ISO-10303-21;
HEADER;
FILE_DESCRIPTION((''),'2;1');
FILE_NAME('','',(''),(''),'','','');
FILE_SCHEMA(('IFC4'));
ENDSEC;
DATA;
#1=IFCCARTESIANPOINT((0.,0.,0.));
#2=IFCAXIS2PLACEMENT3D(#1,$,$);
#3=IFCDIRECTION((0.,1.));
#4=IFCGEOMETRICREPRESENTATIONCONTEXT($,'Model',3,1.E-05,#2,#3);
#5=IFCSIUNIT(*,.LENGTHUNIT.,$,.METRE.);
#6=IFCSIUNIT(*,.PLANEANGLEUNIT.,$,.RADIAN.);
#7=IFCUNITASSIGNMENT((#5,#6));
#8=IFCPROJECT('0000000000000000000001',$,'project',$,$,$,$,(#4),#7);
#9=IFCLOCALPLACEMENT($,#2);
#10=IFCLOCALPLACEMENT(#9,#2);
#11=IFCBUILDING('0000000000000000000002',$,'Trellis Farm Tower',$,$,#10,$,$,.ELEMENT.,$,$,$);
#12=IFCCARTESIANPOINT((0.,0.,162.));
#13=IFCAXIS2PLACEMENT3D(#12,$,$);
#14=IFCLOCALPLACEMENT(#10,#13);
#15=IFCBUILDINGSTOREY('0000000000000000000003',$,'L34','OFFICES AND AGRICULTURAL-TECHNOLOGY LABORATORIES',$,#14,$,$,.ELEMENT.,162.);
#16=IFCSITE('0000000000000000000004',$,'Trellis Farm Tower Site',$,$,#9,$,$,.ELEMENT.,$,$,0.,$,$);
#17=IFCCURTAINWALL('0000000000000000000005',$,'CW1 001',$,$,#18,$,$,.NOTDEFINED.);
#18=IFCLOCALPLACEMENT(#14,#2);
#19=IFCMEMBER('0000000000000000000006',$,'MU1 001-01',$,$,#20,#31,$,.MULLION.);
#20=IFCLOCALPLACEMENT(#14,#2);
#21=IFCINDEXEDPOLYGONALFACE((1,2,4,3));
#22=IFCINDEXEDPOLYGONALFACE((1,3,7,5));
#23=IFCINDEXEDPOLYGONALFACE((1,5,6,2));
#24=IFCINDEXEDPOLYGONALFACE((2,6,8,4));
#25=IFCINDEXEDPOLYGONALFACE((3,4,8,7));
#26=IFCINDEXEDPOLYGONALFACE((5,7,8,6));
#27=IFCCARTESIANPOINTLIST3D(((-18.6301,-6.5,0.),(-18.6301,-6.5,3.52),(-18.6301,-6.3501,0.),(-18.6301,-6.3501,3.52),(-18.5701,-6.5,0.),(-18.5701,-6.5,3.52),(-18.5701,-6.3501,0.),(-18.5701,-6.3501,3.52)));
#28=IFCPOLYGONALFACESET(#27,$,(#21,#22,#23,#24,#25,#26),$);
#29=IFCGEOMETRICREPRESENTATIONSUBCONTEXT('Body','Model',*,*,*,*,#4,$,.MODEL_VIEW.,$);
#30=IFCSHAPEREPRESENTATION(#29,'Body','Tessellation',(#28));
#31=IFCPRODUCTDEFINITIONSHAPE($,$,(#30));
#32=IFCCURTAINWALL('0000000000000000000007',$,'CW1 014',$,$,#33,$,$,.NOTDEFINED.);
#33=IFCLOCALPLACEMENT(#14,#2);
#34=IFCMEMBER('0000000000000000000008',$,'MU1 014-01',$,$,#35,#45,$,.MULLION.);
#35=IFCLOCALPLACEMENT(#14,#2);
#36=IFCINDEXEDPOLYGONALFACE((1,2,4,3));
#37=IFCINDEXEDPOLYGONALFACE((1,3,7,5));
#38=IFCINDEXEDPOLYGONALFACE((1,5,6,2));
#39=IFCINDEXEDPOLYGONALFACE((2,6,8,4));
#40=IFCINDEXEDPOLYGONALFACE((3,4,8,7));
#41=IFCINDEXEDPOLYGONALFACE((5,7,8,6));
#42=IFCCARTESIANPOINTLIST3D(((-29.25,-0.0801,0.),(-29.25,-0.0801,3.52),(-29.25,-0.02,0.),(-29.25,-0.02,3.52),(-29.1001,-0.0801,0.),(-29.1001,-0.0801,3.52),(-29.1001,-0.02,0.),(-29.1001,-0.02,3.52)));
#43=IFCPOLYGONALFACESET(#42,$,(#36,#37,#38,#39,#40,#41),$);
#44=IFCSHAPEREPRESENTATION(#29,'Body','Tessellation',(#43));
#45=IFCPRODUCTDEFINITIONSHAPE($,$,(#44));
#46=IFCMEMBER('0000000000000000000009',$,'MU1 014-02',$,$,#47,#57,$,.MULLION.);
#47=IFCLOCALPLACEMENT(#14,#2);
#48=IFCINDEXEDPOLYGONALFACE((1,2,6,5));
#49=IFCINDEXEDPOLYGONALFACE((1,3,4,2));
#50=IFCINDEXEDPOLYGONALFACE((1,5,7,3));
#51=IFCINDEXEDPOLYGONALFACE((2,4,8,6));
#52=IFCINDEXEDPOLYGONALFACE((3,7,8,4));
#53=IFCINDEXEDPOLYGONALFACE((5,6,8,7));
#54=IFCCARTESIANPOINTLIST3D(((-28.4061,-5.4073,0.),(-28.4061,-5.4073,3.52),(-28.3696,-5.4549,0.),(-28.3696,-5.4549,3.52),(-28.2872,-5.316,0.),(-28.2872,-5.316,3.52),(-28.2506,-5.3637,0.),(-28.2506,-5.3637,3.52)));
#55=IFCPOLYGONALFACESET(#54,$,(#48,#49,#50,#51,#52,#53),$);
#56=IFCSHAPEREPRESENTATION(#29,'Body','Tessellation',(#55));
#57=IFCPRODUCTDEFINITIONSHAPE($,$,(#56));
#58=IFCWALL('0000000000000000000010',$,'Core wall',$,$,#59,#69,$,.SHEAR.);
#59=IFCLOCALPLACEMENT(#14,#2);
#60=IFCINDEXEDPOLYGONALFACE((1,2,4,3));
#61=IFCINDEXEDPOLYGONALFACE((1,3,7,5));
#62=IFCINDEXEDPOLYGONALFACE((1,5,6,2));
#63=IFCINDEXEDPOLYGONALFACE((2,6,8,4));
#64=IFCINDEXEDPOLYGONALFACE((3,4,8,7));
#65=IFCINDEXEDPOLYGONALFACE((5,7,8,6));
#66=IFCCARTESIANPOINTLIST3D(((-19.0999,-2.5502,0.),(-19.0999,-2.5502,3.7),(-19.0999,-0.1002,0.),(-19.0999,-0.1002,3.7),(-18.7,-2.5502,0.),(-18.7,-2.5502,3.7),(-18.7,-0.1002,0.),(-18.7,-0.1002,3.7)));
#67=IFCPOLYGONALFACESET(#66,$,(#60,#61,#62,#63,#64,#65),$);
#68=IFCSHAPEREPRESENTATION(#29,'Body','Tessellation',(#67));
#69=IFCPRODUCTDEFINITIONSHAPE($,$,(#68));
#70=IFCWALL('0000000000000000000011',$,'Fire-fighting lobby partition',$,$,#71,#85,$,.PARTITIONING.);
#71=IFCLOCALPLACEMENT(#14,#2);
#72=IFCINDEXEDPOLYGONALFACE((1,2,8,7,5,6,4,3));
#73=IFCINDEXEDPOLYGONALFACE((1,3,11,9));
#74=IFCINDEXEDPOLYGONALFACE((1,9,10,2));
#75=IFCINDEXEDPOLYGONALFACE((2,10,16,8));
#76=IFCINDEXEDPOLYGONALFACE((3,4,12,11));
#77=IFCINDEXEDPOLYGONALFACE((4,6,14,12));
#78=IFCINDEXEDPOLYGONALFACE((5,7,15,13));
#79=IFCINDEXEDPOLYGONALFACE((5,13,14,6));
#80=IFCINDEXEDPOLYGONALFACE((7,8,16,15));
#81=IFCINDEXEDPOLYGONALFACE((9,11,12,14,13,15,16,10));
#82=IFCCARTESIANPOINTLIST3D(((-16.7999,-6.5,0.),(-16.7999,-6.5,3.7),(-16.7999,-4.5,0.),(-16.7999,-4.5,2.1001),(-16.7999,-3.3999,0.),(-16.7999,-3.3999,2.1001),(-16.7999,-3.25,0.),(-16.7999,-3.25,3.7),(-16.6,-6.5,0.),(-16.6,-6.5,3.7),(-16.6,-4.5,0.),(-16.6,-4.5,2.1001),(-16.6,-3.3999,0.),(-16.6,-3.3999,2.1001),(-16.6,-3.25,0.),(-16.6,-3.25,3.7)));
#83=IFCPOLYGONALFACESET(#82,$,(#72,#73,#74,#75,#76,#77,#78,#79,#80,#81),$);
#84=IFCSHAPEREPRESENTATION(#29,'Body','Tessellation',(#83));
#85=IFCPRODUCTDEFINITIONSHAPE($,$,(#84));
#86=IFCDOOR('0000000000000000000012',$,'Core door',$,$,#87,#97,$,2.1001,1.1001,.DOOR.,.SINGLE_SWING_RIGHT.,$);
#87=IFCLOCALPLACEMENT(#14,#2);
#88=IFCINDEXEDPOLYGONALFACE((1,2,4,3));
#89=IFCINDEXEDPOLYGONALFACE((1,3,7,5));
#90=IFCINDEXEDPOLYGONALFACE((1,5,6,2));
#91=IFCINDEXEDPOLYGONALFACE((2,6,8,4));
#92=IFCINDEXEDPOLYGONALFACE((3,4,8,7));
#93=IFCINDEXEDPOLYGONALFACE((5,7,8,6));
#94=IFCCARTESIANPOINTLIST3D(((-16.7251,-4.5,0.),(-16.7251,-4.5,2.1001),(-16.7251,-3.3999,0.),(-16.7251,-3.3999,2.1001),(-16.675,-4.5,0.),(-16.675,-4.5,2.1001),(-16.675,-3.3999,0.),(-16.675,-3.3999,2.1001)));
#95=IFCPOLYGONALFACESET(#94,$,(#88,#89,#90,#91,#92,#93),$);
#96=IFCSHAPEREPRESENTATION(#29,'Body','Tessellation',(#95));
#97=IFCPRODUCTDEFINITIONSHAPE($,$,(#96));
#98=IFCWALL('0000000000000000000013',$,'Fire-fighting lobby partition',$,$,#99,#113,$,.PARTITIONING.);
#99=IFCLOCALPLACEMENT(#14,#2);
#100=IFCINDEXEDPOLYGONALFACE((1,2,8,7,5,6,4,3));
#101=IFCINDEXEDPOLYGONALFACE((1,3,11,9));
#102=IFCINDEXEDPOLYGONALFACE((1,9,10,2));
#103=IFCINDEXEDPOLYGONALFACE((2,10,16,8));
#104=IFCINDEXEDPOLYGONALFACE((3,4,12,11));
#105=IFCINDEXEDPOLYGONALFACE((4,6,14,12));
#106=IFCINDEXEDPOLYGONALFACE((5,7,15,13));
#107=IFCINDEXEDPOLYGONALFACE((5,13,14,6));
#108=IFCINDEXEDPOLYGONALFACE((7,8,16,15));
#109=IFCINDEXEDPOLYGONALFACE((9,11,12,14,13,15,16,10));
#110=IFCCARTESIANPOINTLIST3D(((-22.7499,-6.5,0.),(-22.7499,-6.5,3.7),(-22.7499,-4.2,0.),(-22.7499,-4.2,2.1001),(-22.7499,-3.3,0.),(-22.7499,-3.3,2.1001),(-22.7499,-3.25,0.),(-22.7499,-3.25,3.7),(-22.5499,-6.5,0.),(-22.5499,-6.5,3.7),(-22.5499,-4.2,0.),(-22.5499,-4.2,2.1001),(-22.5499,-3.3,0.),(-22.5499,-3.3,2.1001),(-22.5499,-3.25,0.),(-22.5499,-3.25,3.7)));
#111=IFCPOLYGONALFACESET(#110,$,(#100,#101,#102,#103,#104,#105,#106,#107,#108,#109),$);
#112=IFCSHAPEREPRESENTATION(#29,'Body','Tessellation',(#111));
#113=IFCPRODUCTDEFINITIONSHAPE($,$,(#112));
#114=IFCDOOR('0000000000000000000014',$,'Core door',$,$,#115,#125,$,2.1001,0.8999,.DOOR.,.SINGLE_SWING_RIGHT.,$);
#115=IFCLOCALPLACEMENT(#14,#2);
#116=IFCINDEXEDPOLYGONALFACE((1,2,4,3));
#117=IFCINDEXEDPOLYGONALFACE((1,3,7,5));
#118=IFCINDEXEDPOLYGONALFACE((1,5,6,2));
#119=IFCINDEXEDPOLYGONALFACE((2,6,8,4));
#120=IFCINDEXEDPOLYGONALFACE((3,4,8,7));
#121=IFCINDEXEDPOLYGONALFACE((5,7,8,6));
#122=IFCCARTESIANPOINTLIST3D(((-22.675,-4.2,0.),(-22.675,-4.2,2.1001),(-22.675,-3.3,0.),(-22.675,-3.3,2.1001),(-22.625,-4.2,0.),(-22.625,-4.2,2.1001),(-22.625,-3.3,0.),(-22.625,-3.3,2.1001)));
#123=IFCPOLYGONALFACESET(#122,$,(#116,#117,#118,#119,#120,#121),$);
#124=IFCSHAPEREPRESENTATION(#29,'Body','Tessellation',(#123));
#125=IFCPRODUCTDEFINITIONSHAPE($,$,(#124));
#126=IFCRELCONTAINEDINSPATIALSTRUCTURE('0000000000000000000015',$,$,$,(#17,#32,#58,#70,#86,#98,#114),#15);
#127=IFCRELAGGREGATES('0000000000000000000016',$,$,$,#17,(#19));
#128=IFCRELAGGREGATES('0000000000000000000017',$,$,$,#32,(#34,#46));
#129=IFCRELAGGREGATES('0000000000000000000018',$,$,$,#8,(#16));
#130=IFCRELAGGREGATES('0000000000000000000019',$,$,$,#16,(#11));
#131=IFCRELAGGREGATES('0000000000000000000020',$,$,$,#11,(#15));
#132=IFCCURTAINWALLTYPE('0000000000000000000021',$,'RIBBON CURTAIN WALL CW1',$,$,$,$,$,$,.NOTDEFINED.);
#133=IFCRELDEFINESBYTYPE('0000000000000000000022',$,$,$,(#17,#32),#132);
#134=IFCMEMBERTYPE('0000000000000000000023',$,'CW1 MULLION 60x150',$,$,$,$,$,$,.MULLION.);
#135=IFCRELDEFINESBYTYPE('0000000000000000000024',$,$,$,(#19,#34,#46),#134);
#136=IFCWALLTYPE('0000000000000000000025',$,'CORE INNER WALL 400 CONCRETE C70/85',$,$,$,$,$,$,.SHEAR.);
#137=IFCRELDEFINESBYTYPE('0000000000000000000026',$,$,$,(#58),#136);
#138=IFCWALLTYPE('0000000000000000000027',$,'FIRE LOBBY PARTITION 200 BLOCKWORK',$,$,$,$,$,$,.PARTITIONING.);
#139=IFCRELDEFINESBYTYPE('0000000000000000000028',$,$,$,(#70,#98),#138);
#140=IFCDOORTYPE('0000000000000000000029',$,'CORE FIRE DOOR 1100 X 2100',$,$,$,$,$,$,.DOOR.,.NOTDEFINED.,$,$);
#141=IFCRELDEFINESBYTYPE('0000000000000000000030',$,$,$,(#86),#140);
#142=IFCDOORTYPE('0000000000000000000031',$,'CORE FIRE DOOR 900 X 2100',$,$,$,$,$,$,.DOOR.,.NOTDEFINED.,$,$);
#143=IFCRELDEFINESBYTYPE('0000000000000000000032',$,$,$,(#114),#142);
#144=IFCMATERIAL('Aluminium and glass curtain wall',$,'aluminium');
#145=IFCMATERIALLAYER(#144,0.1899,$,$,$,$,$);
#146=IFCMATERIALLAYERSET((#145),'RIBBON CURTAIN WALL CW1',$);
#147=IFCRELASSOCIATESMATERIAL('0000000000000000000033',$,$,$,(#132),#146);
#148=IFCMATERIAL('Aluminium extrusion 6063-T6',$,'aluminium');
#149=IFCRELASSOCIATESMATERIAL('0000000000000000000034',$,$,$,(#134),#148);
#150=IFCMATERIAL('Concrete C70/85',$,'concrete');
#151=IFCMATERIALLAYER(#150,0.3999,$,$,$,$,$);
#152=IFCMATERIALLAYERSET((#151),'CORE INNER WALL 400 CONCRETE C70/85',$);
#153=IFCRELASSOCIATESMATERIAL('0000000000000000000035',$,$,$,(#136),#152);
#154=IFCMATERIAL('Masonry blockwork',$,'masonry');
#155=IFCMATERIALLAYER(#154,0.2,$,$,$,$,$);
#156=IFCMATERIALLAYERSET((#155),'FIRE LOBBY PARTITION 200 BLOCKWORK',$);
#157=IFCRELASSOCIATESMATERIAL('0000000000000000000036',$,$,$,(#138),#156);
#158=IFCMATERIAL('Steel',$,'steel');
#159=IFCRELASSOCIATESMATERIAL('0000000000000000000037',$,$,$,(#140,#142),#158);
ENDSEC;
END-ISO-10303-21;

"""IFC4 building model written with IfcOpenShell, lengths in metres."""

from ifc_helpers import new_model, si_unit, direction, frame, frame_2d, origin, origin_2d, place, context, subcontext, project, spatial, rectangle, extrude, source, transform, mapped, material, layer, layer_set, material_profile, profile_set, type_object, element, fill, aggregate, save


model = new_model("IFC4")

# Units and contexts
model_context = context("Model", 3, precision=1e-05, world=origin(), true_north=direction((0.0, 1.0)))
body_context = subcontext(model_context, "Body", "Model", "MODEL_VIEW")
ifc_project = project(units=[si_unit("LENGTHUNIT", "METRE"), si_unit("PLANEANGLEUNIT", "RADIAN")], contexts=[model_context])

# Site, building, storey
site_placement = place(None, origin())
site = spatial("IfcSite", under=ifc_project, at=site_placement, Name="Trellis Farm Tower Site", CompositionType="ELEMENT", RefElevation=0.0)
building_placement = place(site_placement, origin())
building = spatial("IfcBuilding", under=site, at=building_placement, Name="Trellis Farm Tower", CompositionType="ELEMENT")
storey_placement = place(building_placement, frame((0.0, 0.0, 162.0)))
storey = spatial("IfcBuildingStorey", under=building, at=storey_placement, Name="L34", Description="OFFICES AND AGRICULTURAL-TECHNOLOGY LABORATORIES", CompositionType="ELEMENT", Elevation=162.0)

# Shared definitions
ifc_material_1 = material(Name="Concrete C70/85", Category="concrete")

# Curtain wall, member
ifc_material_2 = material(Name="Aluminium and glass curtain wall", Category="aluminium")
ifc_layer_1 = layer(ifc_material_2, 0.1899)
ifc_layer_set_1 = layer_set([ifc_layer_1], Name="RIBBON CURTAIN WALL CW1")
curtain_wall_type = type_object("IfcCurtainWallType", Name="RIBBON CURTAIN WALL CW1", PredefinedType="NOTDEFINED", material=ifc_layer_set_1)
placement = place(storey_placement, origin())
curtain_wall_1 = element("IfcCurtainWall", 1, at=placement, inside=storey, type_object=curtain_wall_type, Name="CW1 001", PredefinedType="NOTDEFINED")
ifc_material_3 = material(Name="Aluminium extrusion 6063-T6", Category="aluminium")
ifc_material_profile_1 = material_profile(ifc_material_3, rectangle(XDim=0.0601, YDim=0.1499, at=origin_2d()), Name="MULLION 60x150")
ifc_profile_set_1 = profile_set([ifc_material_profile_1], Name="Aluminium extrusion 6063-T6")
member_type = type_object("IfcMemberType", Name="CW1 MULLION 60x150", PredefinedType="MULLION", material=ifc_profile_set_1)
shared_shape_1 = source(origin(), body_context, "Body", "SweptSolid", [
    extrude(rectangle(XDim=0.0601, YDim=0.1499, at=origin_2d()), origin(), (0.0, 0.0, 1.0), 3.52),
])
member_1_placement = place(storey_placement, frame((-18.6001, -6.425, 0.0), z_axis=(0.0, 0.0, 1.0), x_axis=(1.0, 0.0, 0.0)))
member_1 = element("IfcMember", 2, at=member_1_placement, type_object=member_type, Name="MU1 001-01", PredefinedType="MULLION", context=body_context, shape_type="MappedRepresentation", body=[
    mapped(shared_shape_1, transform((0.0, 0.0, 0.0))),
])
aggregate(curtain_wall_1, [member_1])

# Curtain wall, members
curtain_wall_2 = element("IfcCurtainWall", 3, at=placement, inside=storey, type_object=curtain_wall_type, Name="CW1 014", PredefinedType="NOTDEFINED")
member_2_placement = place(storey_placement, frame((-29.175, -0.05, 0.0), z_axis=(0.0, 0.0, 1.0), x_axis=(0.0, -1.0, 0.0)))
member_2 = element("IfcMember", 4, at=member_2_placement, type_object=member_type, Name="MU1 014-01", PredefinedType="MULLION", context=body_context, shape_type="MappedRepresentation", body=[
    mapped(shared_shape_1, transform((0.0, 0.0, 0.0))),
])
member_3_placement = place(storey_placement, frame((-28.3284, -5.3855, 0.0), z_axis=(0.0, 0.0, 1.0), x_axis=(0.608761, -0.793353, 0.0)))
member_3 = element("IfcMember", 5, at=member_3_placement, type_object=member_type, Name="MU1 014-02", PredefinedType="MULLION", context=body_context, shape_type="MappedRepresentation", body=[
    mapped(shared_shape_1, transform((0.0, 0.0, 0.0))),
])
aggregate(curtain_wall_2, [member_2, member_3])

# Wall
ifc_layer_2 = layer(ifc_material_1, 0.3999)
ifc_layer_set_2 = layer_set([ifc_layer_2], Name="CORE INNER WALL 400 CONCRETE C70/85")
wall_type_1 = type_object("IfcWallType", Name="CORE INNER WALL 400 CONCRETE C70/85", PredefinedType="SHEAR", material=ifc_layer_set_2)
shared_shape_2 = source(origin(), body_context, "Body", "SweptSolid", [
    extrude(rectangle(XDim=2.45, YDim=0.3999, at=frame_2d((1.2251, 0.0))), origin(), (0.0, 0.0, 1.0), 3.7),
])
wall_1_placement = place(storey_placement, frame((-18.8999, -0.1001, 0.0), z_axis=(0.0, 0.0, 1.0), x_axis=(0.0, -1.0, 0.0)))
element("IfcWall", 6, at=wall_1_placement, inside=storey, type_object=wall_type_1, Name="Core wall", PredefinedType="SHEAR", context=body_context, shape_type="MappedRepresentation", body=[
    mapped(shared_shape_2, transform((0.0, 0.0, 0.0))),
])

# Walls, openings, doors
ifc_material_4 = material(Name="Masonry blockwork", Category="masonry")
ifc_layer_3 = layer(ifc_material_4, 0.2)
ifc_layer_set_3 = layer_set([ifc_layer_3], Name="FIRE LOBBY PARTITION 200 BLOCKWORK")
wall_type_2 = type_object("IfcWallType", Name="FIRE LOBBY PARTITION 200 BLOCKWORK", PredefinedType="PARTITIONING", material=ifc_layer_set_3)
shared_shape_3 = source(origin(), body_context, "Body", "SweptSolid", [
    extrude(rectangle(XDim=3.25, YDim=0.2, at=frame_2d((1.625, 0.0))), origin(), (0.0, 0.0, 1.0), 3.7),
])
wall_2_placement = place(storey_placement, frame((-16.7, -3.25, 0.0), z_axis=(0.0, 0.0, 1.0), x_axis=(0.0, -1.0, 0.0)))
wall_2 = element("IfcWall", 7, at=wall_2_placement, inside=storey, type_object=wall_type_2, Name="Fire-fighting lobby partition", PredefinedType="PARTITIONING", context=body_context, shape_type="MappedRepresentation", body=[
    mapped(shared_shape_3, transform((0.0, 0.0, 0.0))),
])
shared_shape_4 = source(origin(), body_context, "Body", "SweptSolid", [
    extrude(rectangle(XDim=1.1001, YDim=2.1001, at=frame_2d((0.55, 1.05))), frame((0.0, 0.1101, 0.0), z_axis=(0.0, -1.0, 0.0), x_axis=(1.0, 0.0, 0.0)), (0.0, 0.0, 1.0), 0.2202),
])
opening_1_placement = place(wall_2_placement, frame((0.1499, 0.0, 0.0)))
opening_1 = element("IfcOpeningElement", 8, at=opening_1_placement, cuts=wall_2, PredefinedType="OPENING", context=body_context, shape_type="MappedRepresentation", body=[
    mapped(shared_shape_4, transform((0.0, 0.0, 0.0))),
])
ifc_material_5 = material(Name="Steel", Category="steel")
door_type_1 = type_object("IfcDoorType", Name="CORE FIRE DOOR 1100 X 2100", OperationType="NOTDEFINED", PredefinedType="DOOR", material=ifc_material_5)
shared_shape_5 = source(origin(), body_context, "Body", "SweptSolid", [
    extrude(rectangle(XDim=1.1001, YDim=2.1001, at=frame_2d((0.55, 1.05))), frame((0.0, 0.0249, 0.0), z_axis=(0.0, -1.0, 0.0), x_axis=(1.0, 0.0, 0.0)), (0.0, 0.0, 1.0), 0.05),
])
door_1_placement = place(opening_1_placement, origin())
door_1 = element("IfcDoor", 9, at=door_1_placement, inside=storey, type_object=door_type_1, Name="Core door", OperationType="SINGLE_SWING_RIGHT", OverallHeight=2.1001, OverallWidth=1.1001, PredefinedType="DOOR", context=body_context, shape_type="MappedRepresentation", body=[
    mapped(shared_shape_5, transform((0.0, 0.0, 0.0))),
])
fill(opening_1, door_1)
wall_3_placement = place(storey_placement, frame((-22.6499, -3.25, 0.0), z_axis=(0.0, 0.0, 1.0), x_axis=(0.0, -1.0, 0.0)))
wall_3 = element("IfcWall", 10, at=wall_3_placement, inside=storey, type_object=wall_type_2, Name="Fire-fighting lobby partition", PredefinedType="PARTITIONING", context=body_context, shape_type="MappedRepresentation", body=[
    mapped(shared_shape_3, transform((0.0, 0.0, 0.0))),
])
shared_shape_6 = source(origin(), body_context, "Body", "SweptSolid", [
    extrude(rectangle(XDim=0.8999, YDim=2.1001, at=frame_2d((0.45, 1.05))), frame((0.0, 0.1101, 0.0), z_axis=(0.0, -1.0, 0.0), x_axis=(1.0, 0.0, 0.0)), (0.0, 0.0, 1.0), 0.2202),
])
opening_2_placement = place(wall_3_placement, frame((0.05, 0.0, 0.0)))
opening_2 = element("IfcOpeningElement", 11, at=opening_2_placement, cuts=wall_3, PredefinedType="OPENING", context=body_context, shape_type="MappedRepresentation", body=[
    mapped(shared_shape_6, transform((0.0, 0.0, 0.0))),
])
door_type_2 = type_object("IfcDoorType", Name="CORE FIRE DOOR 900 X 2100", OperationType="NOTDEFINED", PredefinedType="DOOR", material=ifc_material_5)
shared_shape_7 = source(origin(), body_context, "Body", "SweptSolid", [
    extrude(rectangle(XDim=0.8999, YDim=2.1001, at=frame_2d((0.45, 1.05))), frame((0.0, 0.0249, 0.0), z_axis=(0.0, -1.0, 0.0), x_axis=(1.0, 0.0, 0.0)), (0.0, 0.0, 1.0), 0.05),
])
door_2_placement = place(opening_2_placement, origin())
door_2 = element("IfcDoor", 12, at=door_2_placement, inside=storey, type_object=door_type_2, Name="Core door", OperationType="SINGLE_SWING_RIGHT", OverallHeight=2.1001, OverallWidth=0.8999, PredefinedType="DOOR", context=body_context, shape_type="MappedRepresentation", body=[
    mapped(shared_shape_7, transform((0.0, 0.0, 0.0))),
])
fill(opening_2, door_2)

save(model, "model.ifc")
